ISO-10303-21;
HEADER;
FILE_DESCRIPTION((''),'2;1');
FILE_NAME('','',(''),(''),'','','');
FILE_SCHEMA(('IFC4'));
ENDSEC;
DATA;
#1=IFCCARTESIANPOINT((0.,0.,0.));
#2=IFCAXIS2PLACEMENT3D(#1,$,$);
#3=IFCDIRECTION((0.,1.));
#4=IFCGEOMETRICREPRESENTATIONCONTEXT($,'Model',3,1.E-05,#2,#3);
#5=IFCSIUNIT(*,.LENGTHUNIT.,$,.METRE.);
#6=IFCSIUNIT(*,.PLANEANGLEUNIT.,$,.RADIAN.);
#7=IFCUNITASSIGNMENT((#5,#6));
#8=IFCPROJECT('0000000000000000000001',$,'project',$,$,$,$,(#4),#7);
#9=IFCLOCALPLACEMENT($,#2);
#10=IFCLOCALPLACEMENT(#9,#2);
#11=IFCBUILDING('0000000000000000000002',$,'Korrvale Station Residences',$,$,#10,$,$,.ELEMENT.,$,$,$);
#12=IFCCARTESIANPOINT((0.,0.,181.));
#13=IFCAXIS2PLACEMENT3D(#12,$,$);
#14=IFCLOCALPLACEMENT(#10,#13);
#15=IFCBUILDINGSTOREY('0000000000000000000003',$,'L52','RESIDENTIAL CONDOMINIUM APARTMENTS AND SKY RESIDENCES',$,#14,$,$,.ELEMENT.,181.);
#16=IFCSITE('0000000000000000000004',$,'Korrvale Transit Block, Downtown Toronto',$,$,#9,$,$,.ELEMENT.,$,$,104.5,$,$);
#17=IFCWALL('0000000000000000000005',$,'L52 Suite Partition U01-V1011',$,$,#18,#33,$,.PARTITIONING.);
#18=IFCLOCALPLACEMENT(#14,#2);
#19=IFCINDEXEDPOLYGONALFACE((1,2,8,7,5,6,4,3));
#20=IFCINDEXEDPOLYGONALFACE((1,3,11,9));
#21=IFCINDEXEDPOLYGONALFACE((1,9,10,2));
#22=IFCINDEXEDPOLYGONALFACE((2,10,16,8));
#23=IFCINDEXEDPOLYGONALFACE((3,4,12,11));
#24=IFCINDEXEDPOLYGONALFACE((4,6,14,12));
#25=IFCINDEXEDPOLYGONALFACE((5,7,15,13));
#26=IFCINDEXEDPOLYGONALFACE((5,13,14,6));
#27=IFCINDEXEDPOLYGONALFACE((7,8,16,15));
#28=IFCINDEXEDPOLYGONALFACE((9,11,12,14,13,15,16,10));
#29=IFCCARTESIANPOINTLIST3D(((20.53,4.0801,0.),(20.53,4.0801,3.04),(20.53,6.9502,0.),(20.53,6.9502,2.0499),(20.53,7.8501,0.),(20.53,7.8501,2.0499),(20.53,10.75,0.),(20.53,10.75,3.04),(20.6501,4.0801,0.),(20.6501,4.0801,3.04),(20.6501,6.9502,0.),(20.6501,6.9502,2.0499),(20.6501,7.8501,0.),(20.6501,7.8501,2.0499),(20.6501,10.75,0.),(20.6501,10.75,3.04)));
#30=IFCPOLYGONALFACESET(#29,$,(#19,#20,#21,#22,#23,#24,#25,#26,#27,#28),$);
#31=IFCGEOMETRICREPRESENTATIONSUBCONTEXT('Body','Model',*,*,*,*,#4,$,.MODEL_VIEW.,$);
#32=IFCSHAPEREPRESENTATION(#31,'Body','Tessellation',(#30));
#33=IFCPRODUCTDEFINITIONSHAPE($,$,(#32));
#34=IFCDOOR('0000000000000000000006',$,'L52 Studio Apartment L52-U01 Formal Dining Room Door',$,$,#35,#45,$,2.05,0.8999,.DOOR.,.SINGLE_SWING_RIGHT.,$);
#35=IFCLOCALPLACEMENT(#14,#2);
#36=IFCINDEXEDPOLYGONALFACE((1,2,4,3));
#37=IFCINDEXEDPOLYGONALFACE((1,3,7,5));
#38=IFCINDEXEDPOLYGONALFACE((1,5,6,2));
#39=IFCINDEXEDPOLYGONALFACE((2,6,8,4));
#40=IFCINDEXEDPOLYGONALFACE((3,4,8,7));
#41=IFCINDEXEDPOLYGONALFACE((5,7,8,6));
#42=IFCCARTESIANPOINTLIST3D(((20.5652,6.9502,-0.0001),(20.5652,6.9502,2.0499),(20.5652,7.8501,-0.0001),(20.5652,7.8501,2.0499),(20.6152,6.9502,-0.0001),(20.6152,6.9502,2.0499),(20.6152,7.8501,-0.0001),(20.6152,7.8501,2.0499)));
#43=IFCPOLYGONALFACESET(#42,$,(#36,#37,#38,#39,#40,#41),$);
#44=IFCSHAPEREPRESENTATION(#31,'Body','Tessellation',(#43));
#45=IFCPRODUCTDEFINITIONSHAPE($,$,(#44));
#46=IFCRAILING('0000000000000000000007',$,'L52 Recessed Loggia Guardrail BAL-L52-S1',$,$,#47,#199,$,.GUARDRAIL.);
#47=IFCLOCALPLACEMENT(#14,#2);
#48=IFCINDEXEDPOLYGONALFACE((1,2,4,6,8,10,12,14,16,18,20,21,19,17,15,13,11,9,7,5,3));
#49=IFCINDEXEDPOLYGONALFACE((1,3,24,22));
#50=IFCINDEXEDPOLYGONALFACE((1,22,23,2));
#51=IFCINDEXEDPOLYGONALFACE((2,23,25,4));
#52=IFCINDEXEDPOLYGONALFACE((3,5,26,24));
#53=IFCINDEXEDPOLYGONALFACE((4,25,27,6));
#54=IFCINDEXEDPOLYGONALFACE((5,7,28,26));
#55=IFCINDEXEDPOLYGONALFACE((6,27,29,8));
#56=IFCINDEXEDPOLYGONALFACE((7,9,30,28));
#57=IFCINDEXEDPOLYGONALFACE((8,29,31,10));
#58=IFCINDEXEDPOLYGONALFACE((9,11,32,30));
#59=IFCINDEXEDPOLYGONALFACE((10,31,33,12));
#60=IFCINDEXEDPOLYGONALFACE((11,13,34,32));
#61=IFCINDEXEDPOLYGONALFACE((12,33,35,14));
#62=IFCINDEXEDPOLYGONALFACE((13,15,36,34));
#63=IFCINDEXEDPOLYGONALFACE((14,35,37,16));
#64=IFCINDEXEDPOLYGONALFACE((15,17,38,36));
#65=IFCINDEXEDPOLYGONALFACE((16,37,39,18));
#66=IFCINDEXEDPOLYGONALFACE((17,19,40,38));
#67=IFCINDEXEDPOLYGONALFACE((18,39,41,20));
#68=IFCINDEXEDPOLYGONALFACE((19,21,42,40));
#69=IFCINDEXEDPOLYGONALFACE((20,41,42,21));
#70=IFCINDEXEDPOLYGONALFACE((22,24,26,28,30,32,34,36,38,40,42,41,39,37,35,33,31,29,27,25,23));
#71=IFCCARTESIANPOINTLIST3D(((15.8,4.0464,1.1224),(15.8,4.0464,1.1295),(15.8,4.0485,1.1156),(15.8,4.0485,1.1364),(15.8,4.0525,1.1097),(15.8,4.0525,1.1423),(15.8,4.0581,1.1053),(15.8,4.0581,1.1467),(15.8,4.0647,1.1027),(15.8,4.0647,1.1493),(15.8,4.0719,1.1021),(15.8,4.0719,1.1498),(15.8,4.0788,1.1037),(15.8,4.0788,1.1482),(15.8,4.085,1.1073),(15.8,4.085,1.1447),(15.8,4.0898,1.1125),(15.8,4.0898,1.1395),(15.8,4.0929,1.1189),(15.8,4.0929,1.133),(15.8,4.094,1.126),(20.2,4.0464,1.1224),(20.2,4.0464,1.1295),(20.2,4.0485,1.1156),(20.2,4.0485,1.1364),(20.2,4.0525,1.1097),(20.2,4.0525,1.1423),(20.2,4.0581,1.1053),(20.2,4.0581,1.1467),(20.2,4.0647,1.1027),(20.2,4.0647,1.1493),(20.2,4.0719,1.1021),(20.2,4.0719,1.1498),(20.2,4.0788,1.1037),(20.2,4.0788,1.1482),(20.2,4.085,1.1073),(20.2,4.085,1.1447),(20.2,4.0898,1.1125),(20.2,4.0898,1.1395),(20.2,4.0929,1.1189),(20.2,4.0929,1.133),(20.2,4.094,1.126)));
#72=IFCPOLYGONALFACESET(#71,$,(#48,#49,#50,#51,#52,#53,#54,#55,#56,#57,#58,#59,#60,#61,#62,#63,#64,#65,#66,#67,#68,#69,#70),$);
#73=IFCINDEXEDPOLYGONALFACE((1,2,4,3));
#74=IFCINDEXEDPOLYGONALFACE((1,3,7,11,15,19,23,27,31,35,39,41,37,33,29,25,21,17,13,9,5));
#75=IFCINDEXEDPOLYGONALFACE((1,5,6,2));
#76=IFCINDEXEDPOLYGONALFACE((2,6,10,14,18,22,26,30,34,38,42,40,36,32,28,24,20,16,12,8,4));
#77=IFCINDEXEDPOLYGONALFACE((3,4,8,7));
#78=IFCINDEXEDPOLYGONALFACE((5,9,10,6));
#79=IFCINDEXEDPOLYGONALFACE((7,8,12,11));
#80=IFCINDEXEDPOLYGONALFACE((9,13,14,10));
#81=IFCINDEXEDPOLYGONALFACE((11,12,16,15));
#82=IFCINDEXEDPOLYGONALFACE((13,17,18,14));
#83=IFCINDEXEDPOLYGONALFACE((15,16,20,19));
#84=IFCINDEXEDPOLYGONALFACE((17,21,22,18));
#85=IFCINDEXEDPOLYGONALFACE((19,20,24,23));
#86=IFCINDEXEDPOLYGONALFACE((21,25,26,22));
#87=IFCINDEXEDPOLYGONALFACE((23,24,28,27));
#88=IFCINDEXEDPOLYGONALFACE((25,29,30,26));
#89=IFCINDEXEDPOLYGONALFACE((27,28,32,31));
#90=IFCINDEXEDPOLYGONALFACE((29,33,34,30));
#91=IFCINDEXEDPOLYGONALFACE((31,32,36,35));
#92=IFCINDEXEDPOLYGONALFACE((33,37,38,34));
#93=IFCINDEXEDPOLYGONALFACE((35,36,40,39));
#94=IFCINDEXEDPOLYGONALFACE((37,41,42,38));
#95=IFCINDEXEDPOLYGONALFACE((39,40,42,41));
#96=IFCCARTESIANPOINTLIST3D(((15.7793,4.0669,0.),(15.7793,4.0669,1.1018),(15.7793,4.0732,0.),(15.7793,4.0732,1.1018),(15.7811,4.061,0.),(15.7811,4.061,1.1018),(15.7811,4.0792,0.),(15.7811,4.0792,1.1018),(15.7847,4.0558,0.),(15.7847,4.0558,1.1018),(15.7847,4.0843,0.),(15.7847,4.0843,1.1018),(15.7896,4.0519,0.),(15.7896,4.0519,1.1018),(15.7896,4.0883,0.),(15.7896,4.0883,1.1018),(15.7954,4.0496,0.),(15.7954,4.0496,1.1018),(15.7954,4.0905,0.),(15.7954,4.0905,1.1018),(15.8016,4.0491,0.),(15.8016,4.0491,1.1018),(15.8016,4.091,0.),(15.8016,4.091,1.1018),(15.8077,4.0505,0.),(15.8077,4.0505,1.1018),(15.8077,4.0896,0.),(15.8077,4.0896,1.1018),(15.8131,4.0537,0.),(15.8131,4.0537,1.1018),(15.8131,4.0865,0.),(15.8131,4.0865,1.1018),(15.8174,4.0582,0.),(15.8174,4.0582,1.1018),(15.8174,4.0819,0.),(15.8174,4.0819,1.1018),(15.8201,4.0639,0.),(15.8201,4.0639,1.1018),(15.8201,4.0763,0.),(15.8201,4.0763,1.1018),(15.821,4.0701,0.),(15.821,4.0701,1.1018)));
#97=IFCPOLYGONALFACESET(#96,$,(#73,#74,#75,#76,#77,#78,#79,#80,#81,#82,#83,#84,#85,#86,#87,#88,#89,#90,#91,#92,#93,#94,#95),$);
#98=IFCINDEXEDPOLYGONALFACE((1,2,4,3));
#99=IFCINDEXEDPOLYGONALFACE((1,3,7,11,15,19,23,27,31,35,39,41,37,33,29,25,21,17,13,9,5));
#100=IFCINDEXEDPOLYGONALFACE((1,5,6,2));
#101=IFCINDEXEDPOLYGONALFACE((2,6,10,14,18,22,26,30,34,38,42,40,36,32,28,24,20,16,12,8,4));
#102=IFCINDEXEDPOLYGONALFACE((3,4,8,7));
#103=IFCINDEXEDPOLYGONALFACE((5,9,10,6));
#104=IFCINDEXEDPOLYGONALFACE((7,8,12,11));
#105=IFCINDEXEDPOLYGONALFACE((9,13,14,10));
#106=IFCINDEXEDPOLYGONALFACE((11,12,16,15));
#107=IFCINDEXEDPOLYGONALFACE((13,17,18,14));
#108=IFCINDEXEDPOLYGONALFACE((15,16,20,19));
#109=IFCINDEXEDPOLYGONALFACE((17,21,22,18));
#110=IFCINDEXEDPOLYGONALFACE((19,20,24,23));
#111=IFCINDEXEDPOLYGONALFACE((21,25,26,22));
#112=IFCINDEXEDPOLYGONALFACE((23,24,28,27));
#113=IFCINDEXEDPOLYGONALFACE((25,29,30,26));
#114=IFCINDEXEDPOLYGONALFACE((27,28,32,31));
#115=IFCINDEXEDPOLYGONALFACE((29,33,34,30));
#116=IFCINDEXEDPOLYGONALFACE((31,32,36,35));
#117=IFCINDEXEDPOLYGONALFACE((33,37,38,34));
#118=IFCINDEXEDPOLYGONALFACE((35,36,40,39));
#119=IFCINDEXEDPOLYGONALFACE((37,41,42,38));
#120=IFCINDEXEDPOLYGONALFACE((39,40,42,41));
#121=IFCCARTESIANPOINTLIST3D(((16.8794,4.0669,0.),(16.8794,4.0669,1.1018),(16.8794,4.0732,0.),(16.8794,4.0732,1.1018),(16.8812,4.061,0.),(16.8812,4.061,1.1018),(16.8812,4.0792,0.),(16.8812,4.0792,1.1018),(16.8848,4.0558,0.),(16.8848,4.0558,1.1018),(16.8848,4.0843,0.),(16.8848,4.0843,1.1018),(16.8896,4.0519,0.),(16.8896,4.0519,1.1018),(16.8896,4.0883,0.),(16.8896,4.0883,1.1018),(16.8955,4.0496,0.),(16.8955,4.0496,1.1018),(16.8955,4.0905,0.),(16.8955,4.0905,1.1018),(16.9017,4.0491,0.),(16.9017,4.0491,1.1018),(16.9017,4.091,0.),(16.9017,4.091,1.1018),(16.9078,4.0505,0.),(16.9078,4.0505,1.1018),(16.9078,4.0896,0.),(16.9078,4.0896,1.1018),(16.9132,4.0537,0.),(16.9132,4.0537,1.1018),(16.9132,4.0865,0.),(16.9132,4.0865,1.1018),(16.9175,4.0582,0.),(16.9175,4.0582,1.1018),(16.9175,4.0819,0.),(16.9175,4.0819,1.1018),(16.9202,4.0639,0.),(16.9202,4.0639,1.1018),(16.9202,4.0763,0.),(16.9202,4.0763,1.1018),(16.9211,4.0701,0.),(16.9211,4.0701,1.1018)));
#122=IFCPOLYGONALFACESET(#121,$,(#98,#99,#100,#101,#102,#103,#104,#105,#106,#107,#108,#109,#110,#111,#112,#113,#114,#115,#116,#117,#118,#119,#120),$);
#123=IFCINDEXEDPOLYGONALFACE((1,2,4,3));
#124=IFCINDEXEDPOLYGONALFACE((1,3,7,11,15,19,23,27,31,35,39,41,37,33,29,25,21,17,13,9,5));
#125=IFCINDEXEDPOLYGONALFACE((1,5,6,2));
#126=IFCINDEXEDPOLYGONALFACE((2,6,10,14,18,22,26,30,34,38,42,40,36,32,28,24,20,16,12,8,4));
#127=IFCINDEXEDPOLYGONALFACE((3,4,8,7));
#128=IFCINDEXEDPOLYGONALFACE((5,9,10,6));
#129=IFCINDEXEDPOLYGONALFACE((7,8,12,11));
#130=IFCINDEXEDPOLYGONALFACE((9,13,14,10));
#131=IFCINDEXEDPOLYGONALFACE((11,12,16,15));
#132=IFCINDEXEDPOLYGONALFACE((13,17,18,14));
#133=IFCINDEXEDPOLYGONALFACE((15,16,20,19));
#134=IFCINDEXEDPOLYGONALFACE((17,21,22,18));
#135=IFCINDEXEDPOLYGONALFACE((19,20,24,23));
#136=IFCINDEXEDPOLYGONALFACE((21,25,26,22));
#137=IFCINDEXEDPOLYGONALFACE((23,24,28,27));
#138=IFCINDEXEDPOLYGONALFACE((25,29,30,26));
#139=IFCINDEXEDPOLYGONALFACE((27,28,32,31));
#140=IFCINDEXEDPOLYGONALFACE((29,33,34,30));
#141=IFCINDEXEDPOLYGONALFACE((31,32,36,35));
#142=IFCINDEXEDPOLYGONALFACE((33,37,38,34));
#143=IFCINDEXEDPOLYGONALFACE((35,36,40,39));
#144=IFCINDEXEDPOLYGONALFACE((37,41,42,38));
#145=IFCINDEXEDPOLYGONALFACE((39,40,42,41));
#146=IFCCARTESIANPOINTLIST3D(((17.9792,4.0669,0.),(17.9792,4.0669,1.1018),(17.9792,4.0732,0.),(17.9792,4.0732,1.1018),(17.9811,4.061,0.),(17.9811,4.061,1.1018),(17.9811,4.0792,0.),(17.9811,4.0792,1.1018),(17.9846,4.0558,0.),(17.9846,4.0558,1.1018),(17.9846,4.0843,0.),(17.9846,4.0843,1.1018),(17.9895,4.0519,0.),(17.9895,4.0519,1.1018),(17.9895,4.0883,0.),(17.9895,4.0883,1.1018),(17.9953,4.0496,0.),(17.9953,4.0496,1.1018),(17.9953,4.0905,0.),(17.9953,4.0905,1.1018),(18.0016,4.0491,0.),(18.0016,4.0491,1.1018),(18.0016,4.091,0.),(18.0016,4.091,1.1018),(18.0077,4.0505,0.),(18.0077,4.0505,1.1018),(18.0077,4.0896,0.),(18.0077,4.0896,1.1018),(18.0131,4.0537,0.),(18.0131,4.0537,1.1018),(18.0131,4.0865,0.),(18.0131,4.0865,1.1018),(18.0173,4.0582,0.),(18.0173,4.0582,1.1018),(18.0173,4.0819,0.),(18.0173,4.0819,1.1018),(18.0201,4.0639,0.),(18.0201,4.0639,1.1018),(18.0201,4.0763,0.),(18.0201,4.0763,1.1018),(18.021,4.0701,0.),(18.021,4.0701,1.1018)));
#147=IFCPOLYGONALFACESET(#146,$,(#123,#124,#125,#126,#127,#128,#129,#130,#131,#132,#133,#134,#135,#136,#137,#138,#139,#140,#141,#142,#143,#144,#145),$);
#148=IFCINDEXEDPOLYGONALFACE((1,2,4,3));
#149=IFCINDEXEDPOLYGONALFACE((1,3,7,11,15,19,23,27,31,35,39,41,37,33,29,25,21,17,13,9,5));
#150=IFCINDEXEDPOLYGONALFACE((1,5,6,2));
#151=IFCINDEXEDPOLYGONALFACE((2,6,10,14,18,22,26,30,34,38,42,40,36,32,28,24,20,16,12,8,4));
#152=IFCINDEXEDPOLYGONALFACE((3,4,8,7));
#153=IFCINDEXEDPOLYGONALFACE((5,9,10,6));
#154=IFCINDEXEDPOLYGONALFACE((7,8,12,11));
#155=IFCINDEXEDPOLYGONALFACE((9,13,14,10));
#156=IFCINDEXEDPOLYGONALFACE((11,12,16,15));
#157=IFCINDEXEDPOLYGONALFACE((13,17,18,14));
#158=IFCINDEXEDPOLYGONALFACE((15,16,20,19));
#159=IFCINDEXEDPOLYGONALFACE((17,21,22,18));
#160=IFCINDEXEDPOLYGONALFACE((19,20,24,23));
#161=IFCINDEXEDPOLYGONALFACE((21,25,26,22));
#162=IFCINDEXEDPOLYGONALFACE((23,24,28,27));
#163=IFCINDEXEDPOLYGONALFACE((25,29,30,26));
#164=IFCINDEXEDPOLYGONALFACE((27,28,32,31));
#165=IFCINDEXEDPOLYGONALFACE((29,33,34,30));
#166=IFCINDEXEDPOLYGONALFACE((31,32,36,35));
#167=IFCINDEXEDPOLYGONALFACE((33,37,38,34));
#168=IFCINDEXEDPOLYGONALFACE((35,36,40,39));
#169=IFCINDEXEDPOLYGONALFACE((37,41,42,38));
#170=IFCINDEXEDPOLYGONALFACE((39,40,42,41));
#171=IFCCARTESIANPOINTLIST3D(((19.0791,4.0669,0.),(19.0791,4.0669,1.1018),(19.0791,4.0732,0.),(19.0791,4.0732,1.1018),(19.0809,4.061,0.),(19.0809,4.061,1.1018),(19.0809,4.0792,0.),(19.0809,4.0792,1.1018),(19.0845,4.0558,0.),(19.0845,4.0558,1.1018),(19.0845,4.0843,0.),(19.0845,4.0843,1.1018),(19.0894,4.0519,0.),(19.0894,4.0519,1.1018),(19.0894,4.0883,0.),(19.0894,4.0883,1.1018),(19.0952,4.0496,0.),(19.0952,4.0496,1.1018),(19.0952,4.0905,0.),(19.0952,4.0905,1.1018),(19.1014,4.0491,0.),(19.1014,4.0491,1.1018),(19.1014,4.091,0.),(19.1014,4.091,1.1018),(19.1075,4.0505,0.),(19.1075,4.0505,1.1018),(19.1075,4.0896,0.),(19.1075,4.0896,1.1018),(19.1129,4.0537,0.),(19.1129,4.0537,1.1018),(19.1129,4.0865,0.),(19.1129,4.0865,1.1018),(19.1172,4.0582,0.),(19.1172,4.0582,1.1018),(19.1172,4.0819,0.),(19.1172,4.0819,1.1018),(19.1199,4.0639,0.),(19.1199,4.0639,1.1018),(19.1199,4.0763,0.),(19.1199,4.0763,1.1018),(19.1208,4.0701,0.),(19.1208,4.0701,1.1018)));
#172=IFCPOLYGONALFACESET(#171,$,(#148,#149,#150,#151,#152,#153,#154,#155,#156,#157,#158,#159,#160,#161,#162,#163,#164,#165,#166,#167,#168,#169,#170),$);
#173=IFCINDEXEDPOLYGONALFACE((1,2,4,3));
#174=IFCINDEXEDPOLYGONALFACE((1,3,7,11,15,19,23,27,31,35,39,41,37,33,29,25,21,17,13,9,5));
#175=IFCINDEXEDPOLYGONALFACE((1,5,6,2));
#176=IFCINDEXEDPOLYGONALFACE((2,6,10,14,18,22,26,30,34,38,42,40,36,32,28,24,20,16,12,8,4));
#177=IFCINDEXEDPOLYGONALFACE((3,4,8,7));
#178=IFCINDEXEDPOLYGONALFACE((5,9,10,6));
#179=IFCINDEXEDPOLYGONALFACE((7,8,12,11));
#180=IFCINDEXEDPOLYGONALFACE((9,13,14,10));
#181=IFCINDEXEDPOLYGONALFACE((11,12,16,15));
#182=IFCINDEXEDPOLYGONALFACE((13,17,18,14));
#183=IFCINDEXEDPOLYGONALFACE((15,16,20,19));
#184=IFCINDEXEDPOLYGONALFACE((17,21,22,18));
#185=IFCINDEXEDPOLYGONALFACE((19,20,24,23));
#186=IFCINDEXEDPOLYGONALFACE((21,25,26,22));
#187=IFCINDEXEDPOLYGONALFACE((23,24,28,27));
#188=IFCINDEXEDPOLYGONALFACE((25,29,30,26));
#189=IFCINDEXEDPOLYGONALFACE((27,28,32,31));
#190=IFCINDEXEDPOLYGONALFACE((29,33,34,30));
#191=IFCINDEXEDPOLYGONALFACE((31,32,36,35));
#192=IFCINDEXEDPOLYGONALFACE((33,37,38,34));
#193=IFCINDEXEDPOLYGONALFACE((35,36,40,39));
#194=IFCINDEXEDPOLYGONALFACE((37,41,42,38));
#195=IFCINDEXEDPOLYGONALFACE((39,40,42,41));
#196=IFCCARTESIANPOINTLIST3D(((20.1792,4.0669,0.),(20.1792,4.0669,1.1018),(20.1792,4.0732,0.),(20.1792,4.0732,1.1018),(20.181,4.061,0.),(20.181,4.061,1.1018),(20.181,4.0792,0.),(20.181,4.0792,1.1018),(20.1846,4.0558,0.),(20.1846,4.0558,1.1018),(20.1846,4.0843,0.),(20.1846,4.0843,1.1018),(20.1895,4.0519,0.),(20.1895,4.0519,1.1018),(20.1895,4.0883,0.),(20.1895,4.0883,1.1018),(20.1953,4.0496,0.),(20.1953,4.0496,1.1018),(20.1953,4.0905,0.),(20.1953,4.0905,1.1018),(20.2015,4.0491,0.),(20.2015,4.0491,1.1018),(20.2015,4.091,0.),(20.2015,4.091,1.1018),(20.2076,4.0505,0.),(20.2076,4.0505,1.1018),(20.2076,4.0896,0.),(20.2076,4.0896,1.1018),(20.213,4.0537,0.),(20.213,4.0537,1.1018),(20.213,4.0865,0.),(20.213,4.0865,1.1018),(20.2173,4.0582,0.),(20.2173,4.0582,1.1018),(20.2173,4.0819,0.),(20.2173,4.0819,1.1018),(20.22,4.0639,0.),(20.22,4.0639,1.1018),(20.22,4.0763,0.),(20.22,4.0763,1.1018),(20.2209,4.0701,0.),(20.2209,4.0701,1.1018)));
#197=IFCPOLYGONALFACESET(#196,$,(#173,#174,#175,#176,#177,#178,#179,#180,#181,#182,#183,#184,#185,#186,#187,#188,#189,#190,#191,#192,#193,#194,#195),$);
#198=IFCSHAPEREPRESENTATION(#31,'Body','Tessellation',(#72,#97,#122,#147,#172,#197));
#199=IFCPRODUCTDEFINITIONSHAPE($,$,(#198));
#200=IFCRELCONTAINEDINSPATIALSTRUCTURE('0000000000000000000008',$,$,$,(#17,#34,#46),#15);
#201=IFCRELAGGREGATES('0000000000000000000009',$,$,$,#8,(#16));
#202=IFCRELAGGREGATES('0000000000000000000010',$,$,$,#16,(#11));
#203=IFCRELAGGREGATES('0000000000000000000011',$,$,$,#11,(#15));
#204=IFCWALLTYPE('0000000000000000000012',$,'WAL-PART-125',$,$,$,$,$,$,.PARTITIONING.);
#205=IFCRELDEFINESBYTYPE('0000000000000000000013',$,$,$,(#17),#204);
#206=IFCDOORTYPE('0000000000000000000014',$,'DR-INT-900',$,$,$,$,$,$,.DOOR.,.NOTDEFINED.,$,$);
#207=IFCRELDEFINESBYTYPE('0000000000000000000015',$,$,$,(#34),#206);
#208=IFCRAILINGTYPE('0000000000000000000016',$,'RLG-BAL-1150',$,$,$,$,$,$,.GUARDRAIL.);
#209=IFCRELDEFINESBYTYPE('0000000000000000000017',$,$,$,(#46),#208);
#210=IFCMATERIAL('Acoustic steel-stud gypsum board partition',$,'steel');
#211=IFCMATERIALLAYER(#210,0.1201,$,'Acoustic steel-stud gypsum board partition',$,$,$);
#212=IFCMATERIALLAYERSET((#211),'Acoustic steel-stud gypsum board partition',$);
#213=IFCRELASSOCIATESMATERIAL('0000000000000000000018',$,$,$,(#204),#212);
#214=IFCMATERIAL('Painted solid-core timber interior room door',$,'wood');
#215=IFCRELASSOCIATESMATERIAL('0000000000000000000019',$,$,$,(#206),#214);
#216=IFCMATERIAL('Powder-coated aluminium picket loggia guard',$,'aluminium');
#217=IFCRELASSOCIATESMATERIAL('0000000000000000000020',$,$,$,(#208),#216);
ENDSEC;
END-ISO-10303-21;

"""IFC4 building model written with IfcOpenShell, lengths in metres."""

from ifc_helpers import new_model, si_unit, direction, frame, frame_2d, origin, origin_2d, place, context, subcontext, project, spatial, rectangle, circle, extrude, material, layer, layer_set, type_object, element, fill, save


model = new_model("IFC4")

# Units and contexts
model_context = context("Model", 3, precision=1e-05, world=origin(), true_north=direction((0.0, 1.0)))
body_context = subcontext(model_context, "Body", "Model", "MODEL_VIEW")
ifc_project = project(units=[si_unit("LENGTHUNIT", "METRE"), si_unit("PLANEANGLEUNIT", "RADIAN")], contexts=[model_context])

# Site, building, storey
site_placement = place(None, origin())
site = spatial("IfcSite", under=ifc_project, at=site_placement, Name="Korrvale Transit Block, Downtown Toronto", CompositionType="ELEMENT", RefElevation=104.5)
building_placement = place(site_placement, origin())
building = spatial("IfcBuilding", under=site, at=building_placement, Name="Korrvale Station Residences", CompositionType="ELEMENT")
storey_placement = place(building_placement, frame((0.0, 0.0, 181.0)))
storey = spatial("IfcBuildingStorey", under=building, at=storey_placement, Name="L52", Description="RESIDENTIAL CONDOMINIUM APARTMENTS AND SKY RESIDENCES", CompositionType="ELEMENT", Elevation=181.0)

# Shared definitions
ifc_material_1 = material(Name="Acoustic steel-stud gypsum board partition", Category="steel")
ifc_layer_1 = layer(ifc_material_1, 0.1201, Name="Acoustic steel-stud gypsum board partition")
ifc_layer_set_1 = layer_set([ifc_layer_1], Name="Acoustic steel-stud gypsum board partition")
wall_type_1 = type_object("IfcWallType", Name="WAL-PART-125", PredefinedType="PARTITIONING", material=ifc_layer_set_1)

# Shared definitions
ifc_material_2 = material(Name="Painted solid-core timber interior room door", Category="wood")
door_type_1 = type_object("IfcDoorType", Name="DR-INT-900", OperationType="NOTDEFINED", PredefinedType="DOOR", material=ifc_material_2)

# Wall, opening, door
wall_1_placement = place(storey_placement, frame((20.5901, 4.0801, 0.0), z_axis=(0.0, 0.0, 1.0), x_axis=(0.0, 1.0, 0.0)))
wall_1 = element("IfcWall", 1, at=wall_1_placement, inside=storey, type_object=wall_type_1, Name="L52 Suite Partition U01-V1011", PredefinedType="PARTITIONING", context=body_context, shape_type="SweptSolid", body=[
    extrude(rectangle(XDim=6.6699, YDim=0.1201, at=frame_2d((3.335, 0.0))), origin(), (0.0, 0.0, 1.0), 3.04),
])
opening_1_placement = place(wall_1_placement, frame((2.8701, 0.0, 0.0)))
opening_1 = element("IfcOpeningElement", 2, at=opening_1_placement, cuts=wall_1, PredefinedType="OPENING", context=body_context, shape_type="SweptSolid", body=[
    extrude(rectangle(XDim=0.8999, YDim=2.05, at=frame_2d((0.45, 1.0249))), frame((0.0, 0.0701, 0.0), z_axis=(0.0, -1.0, 0.0), x_axis=(1.0, 0.0, 0.0)), (0.0, 0.0, 1.0), 0.1401),
])
door_1_placement = place(opening_1_placement, origin())
door_1 = element("IfcDoor", 3, at=door_1_placement, inside=storey, type_object=door_type_1, Name="L52 Studio Apartment L52-U01 Formal Dining Room Door", OperationType="SINGLE_SWING_RIGHT", OverallHeight=2.05, OverallWidth=0.8999, PredefinedType="DOOR", context=body_context, shape_type="SweptSolid", body=[
    extrude(rectangle(XDim=0.8999, YDim=2.05, at=frame_2d((0.45, 1.0249))), frame((0.0, 0.0249, 0.0), z_axis=(0.0, -1.0, 0.0), x_axis=(1.0, 0.0, 0.0)), (0.0, 0.0, 1.0), 0.05),
])
fill(opening_1, door_1)

# Railing
ifc_material_3 = material(Name="Powder-coated aluminium picket loggia guard", Category="aluminium")
railing_type = type_object("IfcRailingType", Name="RLG-BAL-1150", PredefinedType="GUARDRAIL", material=ifc_material_3)
railing_placement = place(storey_placement, frame((15.8, 4.0701, 0.0)))
element("IfcRailing", 4, at=railing_placement, inside=storey, type_object=railing_type, Name="L52 Recessed Loggia Guardrail BAL-L52-S1", PredefinedType="GUARDRAIL", context=body_context, shape_type="SweptSolid", body=[
    extrude(circle(Radius=0.0239, at=origin_2d()), frame((0.0, 0.0, 1.126), z_axis=(1.0, 0.0, 0.0), x_axis=(0.0, 1.0, 0.0)), (0.0, 0.0, 1.0), 4.3999),
    extrude(circle(Radius=0.021, at=origin_2d()), origin(), (0.0, 0.0, 1.0), 1.1018),
    extrude(circle(Radius=0.021, at=origin_2d()), frame((1.1001, 0.0, 0.0)), (0.0, 0.0, 1.0), 1.1018),
    extrude(circle(Radius=0.021, at=origin_2d()), frame((2.2, 0.0, 0.0)), (0.0, 0.0, 1.0), 1.1018),
    extrude(circle(Radius=0.021, at=origin_2d()), frame((3.2998, 0.0, 0.0)), (0.0, 0.0, 1.0), 1.1018),
    extrude(circle(Radius=0.021, at=origin_2d()), frame((4.3999, 0.0, 0.0)), (0.0, 0.0, 1.0), 1.1018),
])

save(model, "model.ifc")
